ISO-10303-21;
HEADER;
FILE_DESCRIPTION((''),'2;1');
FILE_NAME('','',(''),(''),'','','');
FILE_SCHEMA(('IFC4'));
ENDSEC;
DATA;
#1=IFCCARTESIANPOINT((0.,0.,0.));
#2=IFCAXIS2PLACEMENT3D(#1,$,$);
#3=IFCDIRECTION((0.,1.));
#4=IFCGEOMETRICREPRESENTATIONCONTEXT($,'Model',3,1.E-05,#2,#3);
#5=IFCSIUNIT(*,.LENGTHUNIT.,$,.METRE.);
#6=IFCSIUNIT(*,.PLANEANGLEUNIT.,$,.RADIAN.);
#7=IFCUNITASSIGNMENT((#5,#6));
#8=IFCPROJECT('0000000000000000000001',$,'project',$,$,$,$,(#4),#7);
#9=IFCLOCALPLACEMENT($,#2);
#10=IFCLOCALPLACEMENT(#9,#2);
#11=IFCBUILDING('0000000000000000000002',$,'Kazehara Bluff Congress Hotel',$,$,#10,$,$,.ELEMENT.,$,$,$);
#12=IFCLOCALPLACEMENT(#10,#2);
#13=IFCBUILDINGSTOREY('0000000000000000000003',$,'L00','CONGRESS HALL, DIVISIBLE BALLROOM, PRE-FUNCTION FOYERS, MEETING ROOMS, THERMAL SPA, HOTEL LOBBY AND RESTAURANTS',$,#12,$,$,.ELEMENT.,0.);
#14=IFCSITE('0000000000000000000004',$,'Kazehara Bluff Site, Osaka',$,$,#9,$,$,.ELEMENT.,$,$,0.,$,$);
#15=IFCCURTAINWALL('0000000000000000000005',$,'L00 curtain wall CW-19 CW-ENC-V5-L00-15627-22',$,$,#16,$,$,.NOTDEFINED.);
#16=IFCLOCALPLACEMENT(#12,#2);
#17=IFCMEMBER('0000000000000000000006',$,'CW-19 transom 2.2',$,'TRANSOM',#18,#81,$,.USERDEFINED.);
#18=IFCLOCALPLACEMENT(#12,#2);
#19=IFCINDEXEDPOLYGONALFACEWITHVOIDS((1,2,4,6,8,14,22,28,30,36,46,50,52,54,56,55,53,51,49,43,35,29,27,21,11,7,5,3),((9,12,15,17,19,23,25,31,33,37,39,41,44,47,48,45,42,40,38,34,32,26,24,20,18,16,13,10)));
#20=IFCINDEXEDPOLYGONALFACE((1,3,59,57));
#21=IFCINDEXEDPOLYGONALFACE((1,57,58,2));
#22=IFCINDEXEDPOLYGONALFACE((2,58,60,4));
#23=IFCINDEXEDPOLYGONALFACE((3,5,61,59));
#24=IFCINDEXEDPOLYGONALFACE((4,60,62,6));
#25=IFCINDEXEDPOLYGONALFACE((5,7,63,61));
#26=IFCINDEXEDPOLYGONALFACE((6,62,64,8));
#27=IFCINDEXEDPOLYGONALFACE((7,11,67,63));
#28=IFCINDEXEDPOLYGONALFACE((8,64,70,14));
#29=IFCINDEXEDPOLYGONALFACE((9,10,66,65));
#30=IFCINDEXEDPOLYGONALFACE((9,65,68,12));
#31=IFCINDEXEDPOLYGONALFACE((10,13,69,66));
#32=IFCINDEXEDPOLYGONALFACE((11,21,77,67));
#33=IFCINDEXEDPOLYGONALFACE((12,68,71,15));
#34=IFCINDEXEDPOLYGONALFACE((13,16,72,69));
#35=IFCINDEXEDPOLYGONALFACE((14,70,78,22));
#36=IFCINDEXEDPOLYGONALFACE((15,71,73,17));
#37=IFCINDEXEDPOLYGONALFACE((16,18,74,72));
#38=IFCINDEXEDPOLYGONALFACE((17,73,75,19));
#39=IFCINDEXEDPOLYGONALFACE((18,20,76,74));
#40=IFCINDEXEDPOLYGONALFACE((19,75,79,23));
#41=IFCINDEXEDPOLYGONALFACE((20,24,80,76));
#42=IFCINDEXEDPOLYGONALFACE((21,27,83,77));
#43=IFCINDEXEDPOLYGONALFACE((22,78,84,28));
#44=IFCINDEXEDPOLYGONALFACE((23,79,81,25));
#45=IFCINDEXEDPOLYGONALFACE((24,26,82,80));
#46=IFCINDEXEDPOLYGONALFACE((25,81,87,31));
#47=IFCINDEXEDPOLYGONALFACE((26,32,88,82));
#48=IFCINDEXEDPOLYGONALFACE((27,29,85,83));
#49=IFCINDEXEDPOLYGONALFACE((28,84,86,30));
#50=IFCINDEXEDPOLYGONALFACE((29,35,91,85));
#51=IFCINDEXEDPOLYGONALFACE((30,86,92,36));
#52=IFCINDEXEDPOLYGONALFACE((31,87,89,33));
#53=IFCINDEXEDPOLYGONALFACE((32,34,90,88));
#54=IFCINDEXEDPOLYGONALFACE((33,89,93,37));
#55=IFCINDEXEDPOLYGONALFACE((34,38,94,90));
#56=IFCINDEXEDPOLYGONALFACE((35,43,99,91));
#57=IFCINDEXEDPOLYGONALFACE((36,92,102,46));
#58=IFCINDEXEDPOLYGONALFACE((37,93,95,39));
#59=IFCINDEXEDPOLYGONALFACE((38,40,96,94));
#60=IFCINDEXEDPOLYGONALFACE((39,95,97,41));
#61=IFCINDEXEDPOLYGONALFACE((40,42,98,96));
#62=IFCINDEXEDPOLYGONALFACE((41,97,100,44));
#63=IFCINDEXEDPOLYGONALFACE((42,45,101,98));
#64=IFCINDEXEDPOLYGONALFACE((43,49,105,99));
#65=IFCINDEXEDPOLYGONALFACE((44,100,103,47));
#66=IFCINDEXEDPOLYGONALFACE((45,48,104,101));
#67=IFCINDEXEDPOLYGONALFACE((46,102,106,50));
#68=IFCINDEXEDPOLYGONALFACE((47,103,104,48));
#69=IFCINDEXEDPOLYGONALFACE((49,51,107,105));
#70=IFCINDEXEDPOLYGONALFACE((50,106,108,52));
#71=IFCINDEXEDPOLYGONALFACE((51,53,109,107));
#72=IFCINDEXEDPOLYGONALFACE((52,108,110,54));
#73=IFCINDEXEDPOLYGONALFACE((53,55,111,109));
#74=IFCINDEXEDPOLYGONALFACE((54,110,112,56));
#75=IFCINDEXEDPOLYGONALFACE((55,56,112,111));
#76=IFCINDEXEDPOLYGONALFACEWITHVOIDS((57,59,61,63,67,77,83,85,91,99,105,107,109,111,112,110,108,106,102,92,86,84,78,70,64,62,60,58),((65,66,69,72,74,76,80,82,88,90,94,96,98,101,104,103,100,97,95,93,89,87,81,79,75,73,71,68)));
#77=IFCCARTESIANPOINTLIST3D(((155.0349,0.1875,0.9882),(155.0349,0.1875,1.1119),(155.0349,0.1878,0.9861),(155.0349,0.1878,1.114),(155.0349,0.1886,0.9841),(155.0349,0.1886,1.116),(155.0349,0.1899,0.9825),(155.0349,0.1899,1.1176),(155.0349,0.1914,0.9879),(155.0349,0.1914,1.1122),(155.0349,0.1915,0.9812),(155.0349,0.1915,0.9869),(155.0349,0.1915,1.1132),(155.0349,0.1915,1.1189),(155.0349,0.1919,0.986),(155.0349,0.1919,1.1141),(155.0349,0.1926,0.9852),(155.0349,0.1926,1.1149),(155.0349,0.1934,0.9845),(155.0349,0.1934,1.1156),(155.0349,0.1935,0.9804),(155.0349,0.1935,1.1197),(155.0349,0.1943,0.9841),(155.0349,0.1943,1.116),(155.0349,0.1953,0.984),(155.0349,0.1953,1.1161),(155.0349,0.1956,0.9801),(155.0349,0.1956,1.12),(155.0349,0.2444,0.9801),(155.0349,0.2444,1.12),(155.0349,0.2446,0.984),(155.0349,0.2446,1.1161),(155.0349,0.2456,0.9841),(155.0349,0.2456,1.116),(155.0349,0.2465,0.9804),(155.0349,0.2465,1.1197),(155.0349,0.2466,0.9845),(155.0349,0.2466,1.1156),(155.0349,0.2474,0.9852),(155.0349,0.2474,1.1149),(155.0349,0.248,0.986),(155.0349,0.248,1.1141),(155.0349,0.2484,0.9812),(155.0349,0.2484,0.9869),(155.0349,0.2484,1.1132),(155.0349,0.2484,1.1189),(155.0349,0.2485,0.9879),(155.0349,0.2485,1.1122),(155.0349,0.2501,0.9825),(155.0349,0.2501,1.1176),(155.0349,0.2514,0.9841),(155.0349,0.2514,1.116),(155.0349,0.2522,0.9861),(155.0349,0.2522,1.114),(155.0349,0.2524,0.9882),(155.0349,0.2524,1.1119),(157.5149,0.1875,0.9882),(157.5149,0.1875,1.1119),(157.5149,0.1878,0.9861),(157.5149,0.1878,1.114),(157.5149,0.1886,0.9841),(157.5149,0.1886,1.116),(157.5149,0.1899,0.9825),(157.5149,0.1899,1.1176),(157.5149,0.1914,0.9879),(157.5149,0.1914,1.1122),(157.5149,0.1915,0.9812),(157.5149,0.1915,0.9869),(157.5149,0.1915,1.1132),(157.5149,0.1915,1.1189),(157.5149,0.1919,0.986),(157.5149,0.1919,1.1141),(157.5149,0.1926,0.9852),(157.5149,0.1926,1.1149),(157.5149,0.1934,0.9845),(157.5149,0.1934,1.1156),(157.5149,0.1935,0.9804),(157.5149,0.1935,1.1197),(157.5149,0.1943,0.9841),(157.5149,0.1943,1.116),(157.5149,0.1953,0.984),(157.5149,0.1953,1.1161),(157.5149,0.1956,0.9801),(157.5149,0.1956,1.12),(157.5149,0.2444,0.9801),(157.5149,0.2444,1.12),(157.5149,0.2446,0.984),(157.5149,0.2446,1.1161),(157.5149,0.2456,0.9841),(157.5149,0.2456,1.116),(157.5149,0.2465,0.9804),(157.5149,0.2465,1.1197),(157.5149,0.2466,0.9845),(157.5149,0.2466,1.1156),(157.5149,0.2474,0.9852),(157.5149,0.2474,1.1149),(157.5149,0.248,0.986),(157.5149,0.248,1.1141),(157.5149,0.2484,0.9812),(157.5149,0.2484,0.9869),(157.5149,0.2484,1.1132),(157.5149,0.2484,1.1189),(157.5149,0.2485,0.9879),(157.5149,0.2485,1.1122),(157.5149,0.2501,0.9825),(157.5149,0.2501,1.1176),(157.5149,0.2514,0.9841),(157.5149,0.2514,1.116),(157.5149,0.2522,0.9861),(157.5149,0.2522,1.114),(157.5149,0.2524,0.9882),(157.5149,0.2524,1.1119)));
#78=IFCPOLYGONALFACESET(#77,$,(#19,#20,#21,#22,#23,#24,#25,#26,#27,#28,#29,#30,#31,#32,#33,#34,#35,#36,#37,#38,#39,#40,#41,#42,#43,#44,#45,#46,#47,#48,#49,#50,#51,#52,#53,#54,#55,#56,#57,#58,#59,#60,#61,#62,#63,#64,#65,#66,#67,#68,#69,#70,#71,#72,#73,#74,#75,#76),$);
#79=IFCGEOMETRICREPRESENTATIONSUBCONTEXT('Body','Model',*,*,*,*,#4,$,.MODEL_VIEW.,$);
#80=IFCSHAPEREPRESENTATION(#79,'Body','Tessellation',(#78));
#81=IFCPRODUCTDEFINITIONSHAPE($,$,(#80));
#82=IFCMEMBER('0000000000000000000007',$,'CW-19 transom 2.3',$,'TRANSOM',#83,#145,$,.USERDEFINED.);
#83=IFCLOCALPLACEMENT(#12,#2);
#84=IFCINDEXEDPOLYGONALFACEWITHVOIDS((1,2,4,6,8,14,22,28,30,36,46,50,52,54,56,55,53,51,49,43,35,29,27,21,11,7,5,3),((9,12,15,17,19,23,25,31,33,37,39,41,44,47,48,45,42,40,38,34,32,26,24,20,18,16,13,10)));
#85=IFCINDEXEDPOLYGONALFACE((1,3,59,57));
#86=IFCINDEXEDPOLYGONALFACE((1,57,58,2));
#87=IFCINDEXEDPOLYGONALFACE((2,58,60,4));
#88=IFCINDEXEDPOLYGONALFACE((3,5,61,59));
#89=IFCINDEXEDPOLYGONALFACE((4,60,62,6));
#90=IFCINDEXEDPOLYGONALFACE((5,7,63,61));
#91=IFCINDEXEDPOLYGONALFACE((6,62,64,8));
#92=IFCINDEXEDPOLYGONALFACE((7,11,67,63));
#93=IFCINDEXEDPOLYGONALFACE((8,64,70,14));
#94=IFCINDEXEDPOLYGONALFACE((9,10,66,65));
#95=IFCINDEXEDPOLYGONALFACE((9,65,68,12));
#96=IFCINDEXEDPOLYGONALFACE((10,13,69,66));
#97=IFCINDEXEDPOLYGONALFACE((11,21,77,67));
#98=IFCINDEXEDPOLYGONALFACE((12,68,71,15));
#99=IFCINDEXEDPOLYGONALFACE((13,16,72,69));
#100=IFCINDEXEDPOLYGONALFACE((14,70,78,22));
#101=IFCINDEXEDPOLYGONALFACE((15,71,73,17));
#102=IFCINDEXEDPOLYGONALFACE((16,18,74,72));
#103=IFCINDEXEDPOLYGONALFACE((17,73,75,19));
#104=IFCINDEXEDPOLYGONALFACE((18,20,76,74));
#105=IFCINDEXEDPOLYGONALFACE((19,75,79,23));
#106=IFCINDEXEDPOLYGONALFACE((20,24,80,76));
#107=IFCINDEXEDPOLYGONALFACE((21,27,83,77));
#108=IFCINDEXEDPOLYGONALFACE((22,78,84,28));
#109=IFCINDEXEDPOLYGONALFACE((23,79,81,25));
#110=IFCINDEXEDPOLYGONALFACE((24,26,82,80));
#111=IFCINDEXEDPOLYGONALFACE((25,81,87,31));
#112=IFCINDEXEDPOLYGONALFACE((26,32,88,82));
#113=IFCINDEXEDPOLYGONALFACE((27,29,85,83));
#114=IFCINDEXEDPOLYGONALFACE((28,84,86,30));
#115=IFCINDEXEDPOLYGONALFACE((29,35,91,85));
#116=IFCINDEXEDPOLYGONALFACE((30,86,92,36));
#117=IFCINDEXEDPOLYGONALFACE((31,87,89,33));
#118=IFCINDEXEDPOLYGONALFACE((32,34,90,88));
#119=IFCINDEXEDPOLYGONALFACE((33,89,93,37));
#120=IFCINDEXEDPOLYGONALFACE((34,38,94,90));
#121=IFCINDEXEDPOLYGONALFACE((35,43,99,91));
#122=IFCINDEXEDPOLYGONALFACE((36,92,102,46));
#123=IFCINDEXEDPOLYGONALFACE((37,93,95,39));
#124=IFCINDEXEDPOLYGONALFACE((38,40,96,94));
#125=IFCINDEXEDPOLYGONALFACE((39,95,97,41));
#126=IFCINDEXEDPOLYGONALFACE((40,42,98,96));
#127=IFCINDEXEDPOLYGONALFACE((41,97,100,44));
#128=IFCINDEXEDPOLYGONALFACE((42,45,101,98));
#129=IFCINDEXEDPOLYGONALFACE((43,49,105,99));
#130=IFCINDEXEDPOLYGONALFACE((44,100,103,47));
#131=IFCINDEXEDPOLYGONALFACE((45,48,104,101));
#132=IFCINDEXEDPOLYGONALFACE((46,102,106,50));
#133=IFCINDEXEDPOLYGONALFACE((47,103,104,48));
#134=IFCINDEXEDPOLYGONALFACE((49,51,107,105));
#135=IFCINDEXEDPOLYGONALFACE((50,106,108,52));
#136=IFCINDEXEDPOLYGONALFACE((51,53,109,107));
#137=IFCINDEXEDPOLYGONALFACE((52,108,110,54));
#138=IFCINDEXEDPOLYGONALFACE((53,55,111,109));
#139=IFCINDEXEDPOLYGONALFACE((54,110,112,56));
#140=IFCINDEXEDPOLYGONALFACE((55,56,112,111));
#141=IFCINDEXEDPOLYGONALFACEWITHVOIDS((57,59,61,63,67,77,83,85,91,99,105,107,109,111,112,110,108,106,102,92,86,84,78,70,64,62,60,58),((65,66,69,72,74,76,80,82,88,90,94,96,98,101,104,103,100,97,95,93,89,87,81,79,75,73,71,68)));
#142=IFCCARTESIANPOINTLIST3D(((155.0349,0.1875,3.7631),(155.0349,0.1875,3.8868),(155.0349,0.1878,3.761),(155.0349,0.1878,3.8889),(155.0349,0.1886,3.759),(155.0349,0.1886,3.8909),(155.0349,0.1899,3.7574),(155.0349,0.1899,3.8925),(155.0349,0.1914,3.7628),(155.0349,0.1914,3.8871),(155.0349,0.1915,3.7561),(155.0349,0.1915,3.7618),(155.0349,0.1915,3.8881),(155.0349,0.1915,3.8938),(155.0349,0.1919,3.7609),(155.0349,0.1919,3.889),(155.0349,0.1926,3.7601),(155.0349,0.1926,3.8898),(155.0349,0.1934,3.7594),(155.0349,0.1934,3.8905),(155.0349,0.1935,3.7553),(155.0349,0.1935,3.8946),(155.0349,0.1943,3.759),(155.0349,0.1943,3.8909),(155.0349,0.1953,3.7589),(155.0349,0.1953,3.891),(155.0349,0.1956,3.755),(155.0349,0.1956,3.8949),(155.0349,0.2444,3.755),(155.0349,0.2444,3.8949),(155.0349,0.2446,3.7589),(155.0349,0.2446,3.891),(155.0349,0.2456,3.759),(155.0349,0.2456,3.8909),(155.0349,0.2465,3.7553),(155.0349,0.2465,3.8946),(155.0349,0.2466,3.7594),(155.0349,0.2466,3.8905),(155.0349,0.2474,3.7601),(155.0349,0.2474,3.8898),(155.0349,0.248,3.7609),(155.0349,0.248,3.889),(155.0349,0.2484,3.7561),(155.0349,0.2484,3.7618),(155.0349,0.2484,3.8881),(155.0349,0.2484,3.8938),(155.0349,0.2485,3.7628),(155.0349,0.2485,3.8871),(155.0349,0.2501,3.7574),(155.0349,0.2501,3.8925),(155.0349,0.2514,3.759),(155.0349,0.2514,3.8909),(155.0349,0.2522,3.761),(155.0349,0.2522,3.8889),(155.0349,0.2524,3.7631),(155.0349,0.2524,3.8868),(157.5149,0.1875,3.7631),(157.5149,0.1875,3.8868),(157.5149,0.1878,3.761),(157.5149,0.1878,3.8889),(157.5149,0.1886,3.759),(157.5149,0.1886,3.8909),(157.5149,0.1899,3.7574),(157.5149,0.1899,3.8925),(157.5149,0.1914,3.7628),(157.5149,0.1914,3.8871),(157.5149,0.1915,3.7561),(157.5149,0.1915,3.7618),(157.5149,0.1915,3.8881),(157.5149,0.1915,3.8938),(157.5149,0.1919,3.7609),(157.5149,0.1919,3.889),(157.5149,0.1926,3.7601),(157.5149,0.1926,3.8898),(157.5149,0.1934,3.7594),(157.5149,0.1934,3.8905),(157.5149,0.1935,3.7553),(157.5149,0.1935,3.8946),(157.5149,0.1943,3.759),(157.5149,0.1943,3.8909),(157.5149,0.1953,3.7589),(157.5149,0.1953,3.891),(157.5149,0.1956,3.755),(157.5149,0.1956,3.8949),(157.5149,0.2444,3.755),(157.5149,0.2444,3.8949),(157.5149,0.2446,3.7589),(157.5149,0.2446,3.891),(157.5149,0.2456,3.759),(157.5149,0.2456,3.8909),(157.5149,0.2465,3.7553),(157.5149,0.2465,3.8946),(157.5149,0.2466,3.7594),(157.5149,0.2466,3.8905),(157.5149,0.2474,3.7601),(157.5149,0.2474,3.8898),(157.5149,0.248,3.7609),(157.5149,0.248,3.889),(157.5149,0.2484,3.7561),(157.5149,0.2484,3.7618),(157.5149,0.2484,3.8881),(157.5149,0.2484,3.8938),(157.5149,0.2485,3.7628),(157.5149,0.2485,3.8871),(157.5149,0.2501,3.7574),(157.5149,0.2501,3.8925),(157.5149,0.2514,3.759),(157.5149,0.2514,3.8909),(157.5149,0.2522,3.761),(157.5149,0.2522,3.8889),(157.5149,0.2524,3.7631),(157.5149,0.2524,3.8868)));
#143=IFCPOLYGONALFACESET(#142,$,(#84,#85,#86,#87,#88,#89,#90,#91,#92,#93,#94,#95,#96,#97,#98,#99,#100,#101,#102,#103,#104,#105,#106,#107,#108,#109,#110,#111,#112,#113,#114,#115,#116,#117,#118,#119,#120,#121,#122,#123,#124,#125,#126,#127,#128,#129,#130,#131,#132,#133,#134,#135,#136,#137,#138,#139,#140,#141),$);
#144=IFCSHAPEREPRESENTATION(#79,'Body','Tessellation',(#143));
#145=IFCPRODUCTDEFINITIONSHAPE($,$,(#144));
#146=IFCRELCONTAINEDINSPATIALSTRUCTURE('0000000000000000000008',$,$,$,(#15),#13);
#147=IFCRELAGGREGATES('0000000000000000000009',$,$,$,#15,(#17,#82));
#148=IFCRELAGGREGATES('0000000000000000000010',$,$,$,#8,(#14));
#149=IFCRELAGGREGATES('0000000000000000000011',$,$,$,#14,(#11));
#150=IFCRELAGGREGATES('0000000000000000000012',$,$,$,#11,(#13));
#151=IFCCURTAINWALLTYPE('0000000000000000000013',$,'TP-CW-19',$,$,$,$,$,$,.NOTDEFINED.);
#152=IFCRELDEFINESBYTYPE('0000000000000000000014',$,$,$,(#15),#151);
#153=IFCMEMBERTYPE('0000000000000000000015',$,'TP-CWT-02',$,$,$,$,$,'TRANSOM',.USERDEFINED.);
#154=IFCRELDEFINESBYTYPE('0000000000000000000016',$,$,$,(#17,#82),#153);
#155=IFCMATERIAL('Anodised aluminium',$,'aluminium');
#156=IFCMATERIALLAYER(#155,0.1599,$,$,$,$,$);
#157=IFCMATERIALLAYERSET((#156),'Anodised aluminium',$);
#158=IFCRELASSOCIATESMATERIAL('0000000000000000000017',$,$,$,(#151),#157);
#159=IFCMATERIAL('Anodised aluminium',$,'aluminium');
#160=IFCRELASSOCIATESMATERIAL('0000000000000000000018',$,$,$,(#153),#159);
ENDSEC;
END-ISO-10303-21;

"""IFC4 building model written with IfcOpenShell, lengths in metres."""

from ifc_helpers import new_model, si_unit, direction, frame, origin, origin_2d, place, context, subcontext, project, spatial, hollow_rectangle, extrude, material, layer, layer_set, material_profile, profile_set, type_object, element, aggregate, save


model = new_model("IFC4")

# Units and contexts
model_context = context("Model", 3, precision=1e-05, world=origin(), true_north=direction((0.0, 1.0)))
body_context = subcontext(model_context, "Body", "Model", "MODEL_VIEW")
ifc_project = project(units=[si_unit("LENGTHUNIT", "METRE"), si_unit("PLANEANGLEUNIT", "RADIAN")], contexts=[model_context])

# Site, building, storey
site_placement = place(None, origin())
site = spatial("IfcSite", under=ifc_project, at=site_placement, Name="Kazehara Bluff Site, Osaka", CompositionType="ELEMENT", RefElevation=0.0)
building_placement = place(site_placement, origin())
building = spatial("IfcBuilding", under=site, at=building_placement, Name="Kazehara Bluff Congress Hotel", CompositionType="ELEMENT")
storey_placement = place(building_placement, origin())
storey = spatial("IfcBuildingStorey", under=building, at=storey_placement, Name="L00", Description="CONGRESS HALL, DIVISIBLE BALLROOM, PRE-FUNCTION FOYERS, MEETING ROOMS, THERMAL SPA, HOTEL LOBBY AND RESTAURANTS", CompositionType="ELEMENT", Elevation=0.0)

# Curtain wall, members
ifc_material_1 = material(Name="Anodised aluminium", Category="aluminium")
ifc_layer_1 = layer(ifc_material_1, 0.1599)
ifc_layer_set_1 = layer_set([ifc_layer_1], Name="Anodised aluminium")
curtain_wall_type = type_object("IfcCurtainWallType", Name="TP-CW-19", PredefinedType="NOTDEFINED", material=ifc_layer_set_1)
curtain_wall_placement = place(storey_placement, origin())
curtain_wall = element("IfcCurtainWall", 1, at=curtain_wall_placement, inside=storey, type_object=curtain_wall_type, Name="L00 curtain wall CW-19 CW-ENC-V5-L00-15627-22", PredefinedType="NOTDEFINED")
ifc_material_2 = material(Name="Anodised aluminium", Category="aluminium")
ifc_material_profile_1 = material_profile(ifc_material_2, hollow_rectangle(XDim=0.0649, YDim=0.1399, WallThickness=0.0039, InnerFilletRadius=0.0039, OuterFilletRadius=0.0081, at=origin_2d()))
ifc_profile_set_1 = profile_set([ifc_material_profile_1], Name="Anodised aluminium")
member_type_1 = type_object("IfcMemberType", Name="TP-CWT-02", ElementType="TRANSOM", PredefinedType="USERDEFINED", material=ifc_profile_set_1)
member_1_placement = place(storey_placement, frame((157.5149, 0.22, 1.05), z_axis=(-1.0, 0.0, 0.0), x_axis=(0.0, -1.0, 0.0)))
member_1 = element("IfcMember", 2, at=member_1_placement, type_object=member_type_1, Name="CW-19 transom 2.2", ObjectType="TRANSOM", PredefinedType="USERDEFINED", context=body_context, shape_type="SweptSolid", body=[
    extrude(hollow_rectangle(XDim=0.0649, YDim=0.1399, WallThickness=0.0039, InnerFilletRadius=0.0039, OuterFilletRadius=0.0081, at=origin_2d()), origin(), (0.0, 0.0, 1.0), 2.48),
])
member_2_placement = place(storey_placement, frame((157.5149, 0.22, 3.825), z_axis=(-1.0, 0.0, 0.0), x_axis=(0.0, -1.0, 0.0)))
member_2 = element("IfcMember", 3, at=member_2_placement, type_object=member_type_1, Name="CW-19 transom 2.3", ObjectType="TRANSOM", PredefinedType="USERDEFINED", context=body_context, shape_type="SweptSolid", body=[
    extrude(hollow_rectangle(XDim=0.0649, YDim=0.1399, WallThickness=0.0039, InnerFilletRadius=0.0039, OuterFilletRadius=0.0081, at=origin_2d()), origin(), (0.0, 0.0, 1.0), 2.48),
])

aggregate(curtain_wall, [member_1, member_2])

save(model, "model.ifc")
